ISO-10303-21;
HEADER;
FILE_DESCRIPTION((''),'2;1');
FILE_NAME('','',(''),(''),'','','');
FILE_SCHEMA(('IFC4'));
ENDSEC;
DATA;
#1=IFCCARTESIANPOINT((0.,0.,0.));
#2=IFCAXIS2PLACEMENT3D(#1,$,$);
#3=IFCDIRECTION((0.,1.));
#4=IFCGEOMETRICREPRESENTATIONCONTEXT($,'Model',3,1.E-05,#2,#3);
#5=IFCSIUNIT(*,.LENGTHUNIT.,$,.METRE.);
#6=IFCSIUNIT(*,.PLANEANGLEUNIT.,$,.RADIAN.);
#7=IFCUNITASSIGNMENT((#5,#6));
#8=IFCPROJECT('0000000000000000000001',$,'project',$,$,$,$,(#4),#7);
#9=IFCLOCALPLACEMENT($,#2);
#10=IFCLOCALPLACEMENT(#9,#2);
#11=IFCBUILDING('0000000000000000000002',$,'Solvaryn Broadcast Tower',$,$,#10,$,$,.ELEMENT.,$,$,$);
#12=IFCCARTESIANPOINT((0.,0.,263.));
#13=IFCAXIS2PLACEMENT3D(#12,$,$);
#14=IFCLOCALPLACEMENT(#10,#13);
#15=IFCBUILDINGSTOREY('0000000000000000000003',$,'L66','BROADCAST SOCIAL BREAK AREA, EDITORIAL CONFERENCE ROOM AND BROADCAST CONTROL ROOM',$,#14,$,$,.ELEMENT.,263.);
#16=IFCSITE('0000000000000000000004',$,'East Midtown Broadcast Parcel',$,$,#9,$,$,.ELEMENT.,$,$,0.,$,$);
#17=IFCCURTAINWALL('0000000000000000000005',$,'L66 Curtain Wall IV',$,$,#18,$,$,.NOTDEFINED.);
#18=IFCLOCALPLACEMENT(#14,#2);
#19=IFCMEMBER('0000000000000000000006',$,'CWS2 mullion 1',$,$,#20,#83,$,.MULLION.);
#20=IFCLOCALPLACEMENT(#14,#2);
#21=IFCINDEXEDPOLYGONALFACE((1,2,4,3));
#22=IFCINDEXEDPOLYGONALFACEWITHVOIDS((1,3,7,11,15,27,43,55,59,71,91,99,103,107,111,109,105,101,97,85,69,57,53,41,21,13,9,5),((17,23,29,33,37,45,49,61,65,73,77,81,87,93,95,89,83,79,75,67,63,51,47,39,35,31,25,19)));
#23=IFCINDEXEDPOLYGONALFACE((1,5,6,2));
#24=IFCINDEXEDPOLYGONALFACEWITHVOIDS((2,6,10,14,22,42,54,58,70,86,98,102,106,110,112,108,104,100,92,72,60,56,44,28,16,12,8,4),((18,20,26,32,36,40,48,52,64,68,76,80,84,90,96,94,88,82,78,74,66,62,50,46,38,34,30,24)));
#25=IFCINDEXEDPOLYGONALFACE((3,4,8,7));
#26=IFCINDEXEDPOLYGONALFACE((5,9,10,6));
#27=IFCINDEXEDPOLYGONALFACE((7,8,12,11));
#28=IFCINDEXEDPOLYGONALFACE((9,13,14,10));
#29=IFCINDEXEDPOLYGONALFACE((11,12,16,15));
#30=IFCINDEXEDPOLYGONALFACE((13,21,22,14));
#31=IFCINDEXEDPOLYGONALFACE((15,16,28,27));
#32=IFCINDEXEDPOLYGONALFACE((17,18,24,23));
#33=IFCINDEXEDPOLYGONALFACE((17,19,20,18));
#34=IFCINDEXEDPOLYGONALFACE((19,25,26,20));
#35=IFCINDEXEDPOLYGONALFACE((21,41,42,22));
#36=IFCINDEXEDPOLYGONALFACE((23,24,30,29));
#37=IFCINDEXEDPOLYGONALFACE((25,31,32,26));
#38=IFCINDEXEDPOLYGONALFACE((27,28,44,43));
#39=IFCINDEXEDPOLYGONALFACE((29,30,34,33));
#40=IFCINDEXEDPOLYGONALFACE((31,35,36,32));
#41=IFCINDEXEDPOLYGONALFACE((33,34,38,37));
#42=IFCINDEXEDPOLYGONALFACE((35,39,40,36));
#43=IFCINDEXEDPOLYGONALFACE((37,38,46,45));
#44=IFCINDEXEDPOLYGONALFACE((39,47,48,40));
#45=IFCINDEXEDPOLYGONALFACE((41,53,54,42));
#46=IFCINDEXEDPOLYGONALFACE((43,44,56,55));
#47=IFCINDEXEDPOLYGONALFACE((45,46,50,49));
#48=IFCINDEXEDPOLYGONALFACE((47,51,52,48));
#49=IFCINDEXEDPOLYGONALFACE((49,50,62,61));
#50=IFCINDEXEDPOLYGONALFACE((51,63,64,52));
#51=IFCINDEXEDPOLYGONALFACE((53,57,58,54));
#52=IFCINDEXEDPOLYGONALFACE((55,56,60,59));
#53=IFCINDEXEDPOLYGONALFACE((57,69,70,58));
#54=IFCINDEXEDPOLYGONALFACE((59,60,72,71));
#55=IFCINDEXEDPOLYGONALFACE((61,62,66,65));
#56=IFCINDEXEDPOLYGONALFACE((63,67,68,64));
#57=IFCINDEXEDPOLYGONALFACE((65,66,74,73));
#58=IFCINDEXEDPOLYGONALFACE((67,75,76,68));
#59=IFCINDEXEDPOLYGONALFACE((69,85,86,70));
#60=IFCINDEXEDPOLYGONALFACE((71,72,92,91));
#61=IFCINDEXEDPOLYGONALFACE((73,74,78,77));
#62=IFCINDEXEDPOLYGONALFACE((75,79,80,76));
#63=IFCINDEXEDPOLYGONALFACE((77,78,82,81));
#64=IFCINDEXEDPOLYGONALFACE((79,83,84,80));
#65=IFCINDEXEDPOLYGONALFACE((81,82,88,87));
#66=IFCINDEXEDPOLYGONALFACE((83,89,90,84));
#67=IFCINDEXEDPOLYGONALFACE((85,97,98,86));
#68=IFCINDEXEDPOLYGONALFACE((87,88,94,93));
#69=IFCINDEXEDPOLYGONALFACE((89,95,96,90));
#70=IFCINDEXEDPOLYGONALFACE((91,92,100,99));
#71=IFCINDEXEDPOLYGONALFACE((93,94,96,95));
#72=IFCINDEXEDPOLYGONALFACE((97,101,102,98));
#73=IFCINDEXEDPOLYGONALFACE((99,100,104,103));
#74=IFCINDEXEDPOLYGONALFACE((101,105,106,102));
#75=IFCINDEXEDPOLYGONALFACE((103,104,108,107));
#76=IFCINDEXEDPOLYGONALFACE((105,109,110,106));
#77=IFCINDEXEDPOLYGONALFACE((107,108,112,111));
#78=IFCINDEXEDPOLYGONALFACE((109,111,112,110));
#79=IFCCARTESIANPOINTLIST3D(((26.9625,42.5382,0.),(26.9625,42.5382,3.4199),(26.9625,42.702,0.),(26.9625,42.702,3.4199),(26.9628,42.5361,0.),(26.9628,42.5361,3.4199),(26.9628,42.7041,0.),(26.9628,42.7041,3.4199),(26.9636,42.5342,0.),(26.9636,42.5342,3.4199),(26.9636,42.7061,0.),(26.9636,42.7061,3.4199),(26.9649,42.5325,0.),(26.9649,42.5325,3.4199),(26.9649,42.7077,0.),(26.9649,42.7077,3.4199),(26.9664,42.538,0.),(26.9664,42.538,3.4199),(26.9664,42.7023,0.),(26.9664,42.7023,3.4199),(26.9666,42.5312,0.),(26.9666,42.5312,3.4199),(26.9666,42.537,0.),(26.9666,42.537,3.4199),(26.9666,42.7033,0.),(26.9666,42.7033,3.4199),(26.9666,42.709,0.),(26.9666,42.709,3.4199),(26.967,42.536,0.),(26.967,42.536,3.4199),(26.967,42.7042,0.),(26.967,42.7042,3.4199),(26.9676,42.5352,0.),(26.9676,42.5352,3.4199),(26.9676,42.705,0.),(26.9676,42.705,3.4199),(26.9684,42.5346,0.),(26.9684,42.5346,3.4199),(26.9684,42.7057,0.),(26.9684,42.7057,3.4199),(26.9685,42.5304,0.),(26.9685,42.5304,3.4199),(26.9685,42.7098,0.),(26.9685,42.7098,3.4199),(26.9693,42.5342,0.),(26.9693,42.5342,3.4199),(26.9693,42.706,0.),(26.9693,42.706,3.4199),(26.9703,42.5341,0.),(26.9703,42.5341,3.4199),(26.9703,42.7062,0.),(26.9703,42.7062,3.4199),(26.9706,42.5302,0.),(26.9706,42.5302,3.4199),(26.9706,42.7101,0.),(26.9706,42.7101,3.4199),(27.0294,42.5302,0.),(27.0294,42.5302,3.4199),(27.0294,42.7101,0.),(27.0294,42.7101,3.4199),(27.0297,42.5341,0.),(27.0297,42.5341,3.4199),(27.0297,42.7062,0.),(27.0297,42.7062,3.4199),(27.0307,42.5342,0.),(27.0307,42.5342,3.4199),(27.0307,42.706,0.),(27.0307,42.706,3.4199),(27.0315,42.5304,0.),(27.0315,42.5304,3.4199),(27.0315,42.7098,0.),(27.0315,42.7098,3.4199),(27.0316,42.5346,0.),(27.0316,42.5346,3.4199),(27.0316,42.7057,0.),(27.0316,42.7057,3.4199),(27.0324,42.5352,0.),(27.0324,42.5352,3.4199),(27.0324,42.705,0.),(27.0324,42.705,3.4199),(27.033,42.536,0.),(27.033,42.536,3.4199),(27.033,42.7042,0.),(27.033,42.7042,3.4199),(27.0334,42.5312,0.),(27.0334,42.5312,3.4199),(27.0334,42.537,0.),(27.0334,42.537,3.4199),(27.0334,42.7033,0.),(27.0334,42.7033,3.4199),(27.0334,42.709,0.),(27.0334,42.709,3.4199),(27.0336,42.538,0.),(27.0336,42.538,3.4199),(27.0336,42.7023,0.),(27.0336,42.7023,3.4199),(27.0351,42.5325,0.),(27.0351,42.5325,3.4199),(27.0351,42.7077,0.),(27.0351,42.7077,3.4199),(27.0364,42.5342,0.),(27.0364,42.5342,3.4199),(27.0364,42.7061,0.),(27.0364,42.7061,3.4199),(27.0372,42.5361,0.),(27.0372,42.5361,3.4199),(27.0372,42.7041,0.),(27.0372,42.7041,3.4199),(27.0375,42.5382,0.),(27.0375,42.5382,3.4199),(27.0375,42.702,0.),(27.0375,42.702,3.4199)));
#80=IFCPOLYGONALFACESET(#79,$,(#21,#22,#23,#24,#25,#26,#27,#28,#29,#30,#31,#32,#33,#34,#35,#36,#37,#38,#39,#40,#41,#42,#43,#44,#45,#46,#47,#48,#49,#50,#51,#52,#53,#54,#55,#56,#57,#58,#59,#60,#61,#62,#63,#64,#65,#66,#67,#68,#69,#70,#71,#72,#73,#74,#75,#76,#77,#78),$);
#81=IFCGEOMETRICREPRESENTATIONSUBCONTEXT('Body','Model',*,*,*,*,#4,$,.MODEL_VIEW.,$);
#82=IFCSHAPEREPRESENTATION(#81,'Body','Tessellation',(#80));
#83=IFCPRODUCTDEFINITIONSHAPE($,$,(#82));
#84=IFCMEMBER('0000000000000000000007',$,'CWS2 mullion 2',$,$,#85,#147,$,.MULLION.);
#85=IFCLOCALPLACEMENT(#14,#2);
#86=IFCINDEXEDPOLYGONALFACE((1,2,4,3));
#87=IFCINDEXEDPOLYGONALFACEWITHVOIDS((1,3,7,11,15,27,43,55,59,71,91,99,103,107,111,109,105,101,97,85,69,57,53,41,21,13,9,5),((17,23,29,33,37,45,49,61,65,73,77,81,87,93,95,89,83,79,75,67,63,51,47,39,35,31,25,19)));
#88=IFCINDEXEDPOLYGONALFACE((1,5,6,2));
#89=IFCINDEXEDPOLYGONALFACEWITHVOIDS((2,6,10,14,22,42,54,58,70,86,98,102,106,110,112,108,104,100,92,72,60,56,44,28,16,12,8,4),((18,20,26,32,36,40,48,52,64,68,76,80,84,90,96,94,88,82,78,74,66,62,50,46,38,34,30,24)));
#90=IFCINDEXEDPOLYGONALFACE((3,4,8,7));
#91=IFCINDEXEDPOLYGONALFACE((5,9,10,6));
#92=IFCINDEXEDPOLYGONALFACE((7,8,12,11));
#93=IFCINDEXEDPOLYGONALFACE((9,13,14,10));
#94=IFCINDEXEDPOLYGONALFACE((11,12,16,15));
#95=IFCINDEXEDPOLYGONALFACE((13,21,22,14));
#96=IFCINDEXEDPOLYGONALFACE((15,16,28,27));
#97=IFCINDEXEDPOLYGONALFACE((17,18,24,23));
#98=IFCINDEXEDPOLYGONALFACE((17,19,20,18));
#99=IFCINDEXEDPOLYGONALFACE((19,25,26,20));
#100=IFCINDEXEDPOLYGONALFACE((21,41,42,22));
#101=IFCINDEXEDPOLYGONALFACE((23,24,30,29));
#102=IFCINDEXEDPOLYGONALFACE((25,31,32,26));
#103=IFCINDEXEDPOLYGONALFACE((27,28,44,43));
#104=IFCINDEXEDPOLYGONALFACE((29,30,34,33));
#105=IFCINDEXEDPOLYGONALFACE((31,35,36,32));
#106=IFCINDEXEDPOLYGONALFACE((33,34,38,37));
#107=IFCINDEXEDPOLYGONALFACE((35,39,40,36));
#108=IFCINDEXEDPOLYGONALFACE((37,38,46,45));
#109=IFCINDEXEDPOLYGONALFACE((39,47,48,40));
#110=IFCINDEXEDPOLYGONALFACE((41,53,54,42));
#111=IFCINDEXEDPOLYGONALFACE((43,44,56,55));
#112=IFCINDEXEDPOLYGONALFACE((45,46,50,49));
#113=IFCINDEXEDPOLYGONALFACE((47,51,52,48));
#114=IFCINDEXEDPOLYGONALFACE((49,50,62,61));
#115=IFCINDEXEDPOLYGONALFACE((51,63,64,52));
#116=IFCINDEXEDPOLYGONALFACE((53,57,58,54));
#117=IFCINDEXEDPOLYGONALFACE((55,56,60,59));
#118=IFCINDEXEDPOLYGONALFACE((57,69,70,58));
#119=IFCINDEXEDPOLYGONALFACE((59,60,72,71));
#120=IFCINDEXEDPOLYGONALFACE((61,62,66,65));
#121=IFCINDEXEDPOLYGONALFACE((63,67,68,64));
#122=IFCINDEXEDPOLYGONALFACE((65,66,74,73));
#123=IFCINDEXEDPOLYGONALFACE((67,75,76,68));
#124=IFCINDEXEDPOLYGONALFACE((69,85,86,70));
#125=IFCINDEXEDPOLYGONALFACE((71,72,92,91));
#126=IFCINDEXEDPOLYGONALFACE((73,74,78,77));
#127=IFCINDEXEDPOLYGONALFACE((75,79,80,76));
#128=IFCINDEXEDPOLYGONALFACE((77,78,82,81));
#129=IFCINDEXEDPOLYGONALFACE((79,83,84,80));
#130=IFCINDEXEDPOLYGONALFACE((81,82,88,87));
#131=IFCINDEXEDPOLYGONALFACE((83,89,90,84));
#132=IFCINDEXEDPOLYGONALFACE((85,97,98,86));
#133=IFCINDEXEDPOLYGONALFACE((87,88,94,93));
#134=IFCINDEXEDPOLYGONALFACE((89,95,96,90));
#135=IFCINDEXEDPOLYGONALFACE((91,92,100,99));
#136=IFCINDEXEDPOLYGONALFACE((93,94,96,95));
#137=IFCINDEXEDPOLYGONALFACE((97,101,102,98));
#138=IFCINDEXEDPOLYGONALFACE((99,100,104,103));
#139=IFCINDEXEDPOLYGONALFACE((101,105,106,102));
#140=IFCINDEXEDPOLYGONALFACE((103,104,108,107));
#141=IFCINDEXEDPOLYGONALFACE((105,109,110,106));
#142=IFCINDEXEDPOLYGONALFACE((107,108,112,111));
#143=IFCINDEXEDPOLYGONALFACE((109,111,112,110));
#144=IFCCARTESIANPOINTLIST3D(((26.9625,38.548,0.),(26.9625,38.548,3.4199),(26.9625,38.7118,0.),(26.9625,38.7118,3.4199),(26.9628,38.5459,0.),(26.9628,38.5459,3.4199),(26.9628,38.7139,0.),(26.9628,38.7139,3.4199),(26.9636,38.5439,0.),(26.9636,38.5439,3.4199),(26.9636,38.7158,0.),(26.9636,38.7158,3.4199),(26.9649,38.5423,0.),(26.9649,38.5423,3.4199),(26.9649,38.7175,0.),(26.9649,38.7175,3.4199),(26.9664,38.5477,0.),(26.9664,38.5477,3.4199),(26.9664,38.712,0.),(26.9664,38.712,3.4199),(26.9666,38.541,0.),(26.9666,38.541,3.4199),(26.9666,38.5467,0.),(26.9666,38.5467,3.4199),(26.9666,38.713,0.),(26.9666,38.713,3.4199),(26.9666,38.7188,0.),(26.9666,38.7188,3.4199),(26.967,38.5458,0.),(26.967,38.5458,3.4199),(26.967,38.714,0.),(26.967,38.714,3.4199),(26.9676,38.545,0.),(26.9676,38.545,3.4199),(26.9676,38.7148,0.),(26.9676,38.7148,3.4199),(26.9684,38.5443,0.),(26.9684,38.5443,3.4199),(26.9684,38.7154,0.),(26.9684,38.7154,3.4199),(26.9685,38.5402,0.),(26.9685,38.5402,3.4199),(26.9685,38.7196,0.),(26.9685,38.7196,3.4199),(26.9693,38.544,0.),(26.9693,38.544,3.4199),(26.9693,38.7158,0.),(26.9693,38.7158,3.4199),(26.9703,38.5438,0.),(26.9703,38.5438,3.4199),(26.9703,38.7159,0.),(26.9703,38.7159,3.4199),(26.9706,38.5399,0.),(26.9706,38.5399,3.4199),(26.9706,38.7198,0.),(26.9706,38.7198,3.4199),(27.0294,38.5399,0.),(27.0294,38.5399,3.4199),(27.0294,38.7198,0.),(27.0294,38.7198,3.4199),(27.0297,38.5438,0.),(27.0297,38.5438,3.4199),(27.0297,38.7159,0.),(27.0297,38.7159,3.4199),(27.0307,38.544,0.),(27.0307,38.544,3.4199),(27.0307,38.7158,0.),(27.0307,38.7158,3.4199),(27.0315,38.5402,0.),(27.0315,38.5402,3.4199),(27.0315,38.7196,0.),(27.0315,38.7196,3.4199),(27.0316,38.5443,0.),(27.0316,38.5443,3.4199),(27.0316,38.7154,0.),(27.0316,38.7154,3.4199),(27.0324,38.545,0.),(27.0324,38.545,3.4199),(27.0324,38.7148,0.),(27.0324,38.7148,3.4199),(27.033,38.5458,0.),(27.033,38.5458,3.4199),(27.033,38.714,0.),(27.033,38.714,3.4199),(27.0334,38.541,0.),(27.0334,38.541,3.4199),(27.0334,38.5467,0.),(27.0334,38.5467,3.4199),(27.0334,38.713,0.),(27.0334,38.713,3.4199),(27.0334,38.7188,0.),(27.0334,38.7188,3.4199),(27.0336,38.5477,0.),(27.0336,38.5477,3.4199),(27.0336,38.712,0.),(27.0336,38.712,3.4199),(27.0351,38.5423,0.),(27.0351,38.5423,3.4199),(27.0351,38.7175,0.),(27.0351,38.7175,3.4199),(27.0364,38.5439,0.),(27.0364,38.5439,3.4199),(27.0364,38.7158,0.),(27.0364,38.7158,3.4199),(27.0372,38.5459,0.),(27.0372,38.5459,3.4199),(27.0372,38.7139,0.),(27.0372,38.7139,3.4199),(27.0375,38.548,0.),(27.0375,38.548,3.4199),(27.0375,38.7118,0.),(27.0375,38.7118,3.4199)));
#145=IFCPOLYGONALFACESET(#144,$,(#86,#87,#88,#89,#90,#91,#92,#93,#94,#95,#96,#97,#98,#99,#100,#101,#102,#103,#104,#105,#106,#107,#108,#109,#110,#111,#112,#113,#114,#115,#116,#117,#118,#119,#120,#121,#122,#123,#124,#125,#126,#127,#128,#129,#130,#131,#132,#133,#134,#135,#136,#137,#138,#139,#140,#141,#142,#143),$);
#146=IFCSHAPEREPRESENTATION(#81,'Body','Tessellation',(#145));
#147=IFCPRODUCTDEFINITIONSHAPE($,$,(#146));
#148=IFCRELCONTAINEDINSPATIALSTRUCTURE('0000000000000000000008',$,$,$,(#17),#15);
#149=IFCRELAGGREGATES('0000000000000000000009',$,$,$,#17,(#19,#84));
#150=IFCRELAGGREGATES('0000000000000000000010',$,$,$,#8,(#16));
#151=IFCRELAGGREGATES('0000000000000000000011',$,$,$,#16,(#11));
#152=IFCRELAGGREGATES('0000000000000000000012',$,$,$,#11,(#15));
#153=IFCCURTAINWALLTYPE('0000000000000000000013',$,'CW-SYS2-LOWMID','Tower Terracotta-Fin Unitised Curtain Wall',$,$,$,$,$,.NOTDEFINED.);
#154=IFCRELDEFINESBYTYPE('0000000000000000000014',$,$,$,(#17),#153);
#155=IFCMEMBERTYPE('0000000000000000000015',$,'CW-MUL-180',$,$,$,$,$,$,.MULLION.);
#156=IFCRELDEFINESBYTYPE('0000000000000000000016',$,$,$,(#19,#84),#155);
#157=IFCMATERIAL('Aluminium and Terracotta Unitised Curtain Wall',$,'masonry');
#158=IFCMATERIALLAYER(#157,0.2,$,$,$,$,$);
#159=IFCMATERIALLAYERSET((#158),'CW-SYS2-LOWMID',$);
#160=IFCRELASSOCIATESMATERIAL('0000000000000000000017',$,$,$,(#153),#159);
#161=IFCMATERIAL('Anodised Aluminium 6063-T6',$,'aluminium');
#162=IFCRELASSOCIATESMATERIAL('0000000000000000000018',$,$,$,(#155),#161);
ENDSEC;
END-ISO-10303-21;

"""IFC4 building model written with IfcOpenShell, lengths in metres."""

from ifc_helpers import new_model, si_unit, direction, frame, origin, origin_2d, place, context, subcontext, project, spatial, hollow_rectangle, extrude, material, layer, layer_set, material_profile, profile_set, type_object, element, aggregate, save


model = new_model("IFC4")

# Units and contexts
model_context = context("Model", 3, precision=1e-05, world=origin(), true_north=direction((0.0, 1.0)))
body_context = subcontext(model_context, "Body", "Model", "MODEL_VIEW")
ifc_project = project(units=[si_unit("LENGTHUNIT", "METRE"), si_unit("PLANEANGLEUNIT", "RADIAN")], contexts=[model_context])

# Site, building, storey
site_placement = place(None, origin())
site = spatial("IfcSite", under=ifc_project, at=site_placement, Name="East Midtown Broadcast Parcel", CompositionType="ELEMENT", RefElevation=0.0)
building_placement = place(site_placement, origin())
building = spatial("IfcBuilding", under=site, at=building_placement, Name="Solvaryn Broadcast Tower", CompositionType="ELEMENT")
storey_placement = place(building_placement, frame((0.0, 0.0, 263.0)))
storey = spatial("IfcBuildingStorey", under=building, at=storey_placement, Name="L66", Description="BROADCAST SOCIAL BREAK AREA, EDITORIAL CONFERENCE ROOM AND BROADCAST CONTROL ROOM", CompositionType="ELEMENT", Elevation=263.0)

# Curtain wall, members
ifc_material_1 = material(Name="Aluminium and Terracotta Unitised Curtain Wall", Category="masonry")
ifc_layer_1 = layer(ifc_material_1, 0.2)
ifc_layer_set_1 = layer_set([ifc_layer_1], Name="CW-SYS2-LOWMID")
curtain_wall_type = type_object("IfcCurtainWallType", Name="CW-SYS2-LOWMID", Description="Tower Terracotta-Fin Unitised Curtain Wall", PredefinedType="NOTDEFINED", material=ifc_layer_set_1)
curtain_wall_1_placement = place(storey_placement, origin())
curtain_wall_1 = element("IfcCurtainWall", 1, at=curtain_wall_1_placement, inside=storey, type_object=curtain_wall_type, Name="L66 Curtain Wall IV", PredefinedType="NOTDEFINED")
ifc_material_2 = material(Name="Anodised Aluminium 6063-T6", Category="aluminium")
ifc_material_profile_1 = material_profile(ifc_material_2, hollow_rectangle(XDim=0.075, YDim=0.1799, WallThickness=0.0039, InnerFilletRadius=0.0039, OuterFilletRadius=0.0081, at=origin_2d()))
ifc_profile_set_1 = profile_set([ifc_material_profile_1], Name="Anodised Aluminium 6063-T6")
member_type_1 = type_object("IfcMemberType", Name="CW-MUL-180", PredefinedType="MULLION", material=ifc_profile_set_1)
member_1_placement = place(storey_placement, frame((27.0, 42.6201, 0.0), z_axis=(0.0, 0.0, 1.0), x_axis=(1.0, 0.0, 0.0)))
member_1 = element("IfcMember", 2, at=member_1_placement, type_object=member_type_1, Name="CWS2 mullion 1", PredefinedType="MULLION", context=body_context, shape_type="SweptSolid", body=[
    extrude(hollow_rectangle(XDim=0.075, YDim=0.1799, WallThickness=0.0039, InnerFilletRadius=0.0039, OuterFilletRadius=0.0081, at=origin_2d()), origin(), (0.0, 0.0, 1.0), 3.4199),
])
member_2_placement = place(storey_placement, frame((27.0, 38.6299, 0.0), z_axis=(0.0, 0.0, 1.0), x_axis=(1.0, 0.0, 0.0)))
member_2 = element("IfcMember", 3, at=member_2_placement, type_object=member_type_1, Name="CWS2 mullion 2", PredefinedType="MULLION", context=body_context, shape_type="SweptSolid", body=[
    extrude(hollow_rectangle(XDim=0.075, YDim=0.1799, WallThickness=0.0039, InnerFilletRadius=0.0039, OuterFilletRadius=0.0081, at=origin_2d()), origin(), (0.0, 0.0, 1.0), 3.4199),
])

aggregate(curtain_wall_1, [member_1, member_2])

save(model, "model.ifc")
